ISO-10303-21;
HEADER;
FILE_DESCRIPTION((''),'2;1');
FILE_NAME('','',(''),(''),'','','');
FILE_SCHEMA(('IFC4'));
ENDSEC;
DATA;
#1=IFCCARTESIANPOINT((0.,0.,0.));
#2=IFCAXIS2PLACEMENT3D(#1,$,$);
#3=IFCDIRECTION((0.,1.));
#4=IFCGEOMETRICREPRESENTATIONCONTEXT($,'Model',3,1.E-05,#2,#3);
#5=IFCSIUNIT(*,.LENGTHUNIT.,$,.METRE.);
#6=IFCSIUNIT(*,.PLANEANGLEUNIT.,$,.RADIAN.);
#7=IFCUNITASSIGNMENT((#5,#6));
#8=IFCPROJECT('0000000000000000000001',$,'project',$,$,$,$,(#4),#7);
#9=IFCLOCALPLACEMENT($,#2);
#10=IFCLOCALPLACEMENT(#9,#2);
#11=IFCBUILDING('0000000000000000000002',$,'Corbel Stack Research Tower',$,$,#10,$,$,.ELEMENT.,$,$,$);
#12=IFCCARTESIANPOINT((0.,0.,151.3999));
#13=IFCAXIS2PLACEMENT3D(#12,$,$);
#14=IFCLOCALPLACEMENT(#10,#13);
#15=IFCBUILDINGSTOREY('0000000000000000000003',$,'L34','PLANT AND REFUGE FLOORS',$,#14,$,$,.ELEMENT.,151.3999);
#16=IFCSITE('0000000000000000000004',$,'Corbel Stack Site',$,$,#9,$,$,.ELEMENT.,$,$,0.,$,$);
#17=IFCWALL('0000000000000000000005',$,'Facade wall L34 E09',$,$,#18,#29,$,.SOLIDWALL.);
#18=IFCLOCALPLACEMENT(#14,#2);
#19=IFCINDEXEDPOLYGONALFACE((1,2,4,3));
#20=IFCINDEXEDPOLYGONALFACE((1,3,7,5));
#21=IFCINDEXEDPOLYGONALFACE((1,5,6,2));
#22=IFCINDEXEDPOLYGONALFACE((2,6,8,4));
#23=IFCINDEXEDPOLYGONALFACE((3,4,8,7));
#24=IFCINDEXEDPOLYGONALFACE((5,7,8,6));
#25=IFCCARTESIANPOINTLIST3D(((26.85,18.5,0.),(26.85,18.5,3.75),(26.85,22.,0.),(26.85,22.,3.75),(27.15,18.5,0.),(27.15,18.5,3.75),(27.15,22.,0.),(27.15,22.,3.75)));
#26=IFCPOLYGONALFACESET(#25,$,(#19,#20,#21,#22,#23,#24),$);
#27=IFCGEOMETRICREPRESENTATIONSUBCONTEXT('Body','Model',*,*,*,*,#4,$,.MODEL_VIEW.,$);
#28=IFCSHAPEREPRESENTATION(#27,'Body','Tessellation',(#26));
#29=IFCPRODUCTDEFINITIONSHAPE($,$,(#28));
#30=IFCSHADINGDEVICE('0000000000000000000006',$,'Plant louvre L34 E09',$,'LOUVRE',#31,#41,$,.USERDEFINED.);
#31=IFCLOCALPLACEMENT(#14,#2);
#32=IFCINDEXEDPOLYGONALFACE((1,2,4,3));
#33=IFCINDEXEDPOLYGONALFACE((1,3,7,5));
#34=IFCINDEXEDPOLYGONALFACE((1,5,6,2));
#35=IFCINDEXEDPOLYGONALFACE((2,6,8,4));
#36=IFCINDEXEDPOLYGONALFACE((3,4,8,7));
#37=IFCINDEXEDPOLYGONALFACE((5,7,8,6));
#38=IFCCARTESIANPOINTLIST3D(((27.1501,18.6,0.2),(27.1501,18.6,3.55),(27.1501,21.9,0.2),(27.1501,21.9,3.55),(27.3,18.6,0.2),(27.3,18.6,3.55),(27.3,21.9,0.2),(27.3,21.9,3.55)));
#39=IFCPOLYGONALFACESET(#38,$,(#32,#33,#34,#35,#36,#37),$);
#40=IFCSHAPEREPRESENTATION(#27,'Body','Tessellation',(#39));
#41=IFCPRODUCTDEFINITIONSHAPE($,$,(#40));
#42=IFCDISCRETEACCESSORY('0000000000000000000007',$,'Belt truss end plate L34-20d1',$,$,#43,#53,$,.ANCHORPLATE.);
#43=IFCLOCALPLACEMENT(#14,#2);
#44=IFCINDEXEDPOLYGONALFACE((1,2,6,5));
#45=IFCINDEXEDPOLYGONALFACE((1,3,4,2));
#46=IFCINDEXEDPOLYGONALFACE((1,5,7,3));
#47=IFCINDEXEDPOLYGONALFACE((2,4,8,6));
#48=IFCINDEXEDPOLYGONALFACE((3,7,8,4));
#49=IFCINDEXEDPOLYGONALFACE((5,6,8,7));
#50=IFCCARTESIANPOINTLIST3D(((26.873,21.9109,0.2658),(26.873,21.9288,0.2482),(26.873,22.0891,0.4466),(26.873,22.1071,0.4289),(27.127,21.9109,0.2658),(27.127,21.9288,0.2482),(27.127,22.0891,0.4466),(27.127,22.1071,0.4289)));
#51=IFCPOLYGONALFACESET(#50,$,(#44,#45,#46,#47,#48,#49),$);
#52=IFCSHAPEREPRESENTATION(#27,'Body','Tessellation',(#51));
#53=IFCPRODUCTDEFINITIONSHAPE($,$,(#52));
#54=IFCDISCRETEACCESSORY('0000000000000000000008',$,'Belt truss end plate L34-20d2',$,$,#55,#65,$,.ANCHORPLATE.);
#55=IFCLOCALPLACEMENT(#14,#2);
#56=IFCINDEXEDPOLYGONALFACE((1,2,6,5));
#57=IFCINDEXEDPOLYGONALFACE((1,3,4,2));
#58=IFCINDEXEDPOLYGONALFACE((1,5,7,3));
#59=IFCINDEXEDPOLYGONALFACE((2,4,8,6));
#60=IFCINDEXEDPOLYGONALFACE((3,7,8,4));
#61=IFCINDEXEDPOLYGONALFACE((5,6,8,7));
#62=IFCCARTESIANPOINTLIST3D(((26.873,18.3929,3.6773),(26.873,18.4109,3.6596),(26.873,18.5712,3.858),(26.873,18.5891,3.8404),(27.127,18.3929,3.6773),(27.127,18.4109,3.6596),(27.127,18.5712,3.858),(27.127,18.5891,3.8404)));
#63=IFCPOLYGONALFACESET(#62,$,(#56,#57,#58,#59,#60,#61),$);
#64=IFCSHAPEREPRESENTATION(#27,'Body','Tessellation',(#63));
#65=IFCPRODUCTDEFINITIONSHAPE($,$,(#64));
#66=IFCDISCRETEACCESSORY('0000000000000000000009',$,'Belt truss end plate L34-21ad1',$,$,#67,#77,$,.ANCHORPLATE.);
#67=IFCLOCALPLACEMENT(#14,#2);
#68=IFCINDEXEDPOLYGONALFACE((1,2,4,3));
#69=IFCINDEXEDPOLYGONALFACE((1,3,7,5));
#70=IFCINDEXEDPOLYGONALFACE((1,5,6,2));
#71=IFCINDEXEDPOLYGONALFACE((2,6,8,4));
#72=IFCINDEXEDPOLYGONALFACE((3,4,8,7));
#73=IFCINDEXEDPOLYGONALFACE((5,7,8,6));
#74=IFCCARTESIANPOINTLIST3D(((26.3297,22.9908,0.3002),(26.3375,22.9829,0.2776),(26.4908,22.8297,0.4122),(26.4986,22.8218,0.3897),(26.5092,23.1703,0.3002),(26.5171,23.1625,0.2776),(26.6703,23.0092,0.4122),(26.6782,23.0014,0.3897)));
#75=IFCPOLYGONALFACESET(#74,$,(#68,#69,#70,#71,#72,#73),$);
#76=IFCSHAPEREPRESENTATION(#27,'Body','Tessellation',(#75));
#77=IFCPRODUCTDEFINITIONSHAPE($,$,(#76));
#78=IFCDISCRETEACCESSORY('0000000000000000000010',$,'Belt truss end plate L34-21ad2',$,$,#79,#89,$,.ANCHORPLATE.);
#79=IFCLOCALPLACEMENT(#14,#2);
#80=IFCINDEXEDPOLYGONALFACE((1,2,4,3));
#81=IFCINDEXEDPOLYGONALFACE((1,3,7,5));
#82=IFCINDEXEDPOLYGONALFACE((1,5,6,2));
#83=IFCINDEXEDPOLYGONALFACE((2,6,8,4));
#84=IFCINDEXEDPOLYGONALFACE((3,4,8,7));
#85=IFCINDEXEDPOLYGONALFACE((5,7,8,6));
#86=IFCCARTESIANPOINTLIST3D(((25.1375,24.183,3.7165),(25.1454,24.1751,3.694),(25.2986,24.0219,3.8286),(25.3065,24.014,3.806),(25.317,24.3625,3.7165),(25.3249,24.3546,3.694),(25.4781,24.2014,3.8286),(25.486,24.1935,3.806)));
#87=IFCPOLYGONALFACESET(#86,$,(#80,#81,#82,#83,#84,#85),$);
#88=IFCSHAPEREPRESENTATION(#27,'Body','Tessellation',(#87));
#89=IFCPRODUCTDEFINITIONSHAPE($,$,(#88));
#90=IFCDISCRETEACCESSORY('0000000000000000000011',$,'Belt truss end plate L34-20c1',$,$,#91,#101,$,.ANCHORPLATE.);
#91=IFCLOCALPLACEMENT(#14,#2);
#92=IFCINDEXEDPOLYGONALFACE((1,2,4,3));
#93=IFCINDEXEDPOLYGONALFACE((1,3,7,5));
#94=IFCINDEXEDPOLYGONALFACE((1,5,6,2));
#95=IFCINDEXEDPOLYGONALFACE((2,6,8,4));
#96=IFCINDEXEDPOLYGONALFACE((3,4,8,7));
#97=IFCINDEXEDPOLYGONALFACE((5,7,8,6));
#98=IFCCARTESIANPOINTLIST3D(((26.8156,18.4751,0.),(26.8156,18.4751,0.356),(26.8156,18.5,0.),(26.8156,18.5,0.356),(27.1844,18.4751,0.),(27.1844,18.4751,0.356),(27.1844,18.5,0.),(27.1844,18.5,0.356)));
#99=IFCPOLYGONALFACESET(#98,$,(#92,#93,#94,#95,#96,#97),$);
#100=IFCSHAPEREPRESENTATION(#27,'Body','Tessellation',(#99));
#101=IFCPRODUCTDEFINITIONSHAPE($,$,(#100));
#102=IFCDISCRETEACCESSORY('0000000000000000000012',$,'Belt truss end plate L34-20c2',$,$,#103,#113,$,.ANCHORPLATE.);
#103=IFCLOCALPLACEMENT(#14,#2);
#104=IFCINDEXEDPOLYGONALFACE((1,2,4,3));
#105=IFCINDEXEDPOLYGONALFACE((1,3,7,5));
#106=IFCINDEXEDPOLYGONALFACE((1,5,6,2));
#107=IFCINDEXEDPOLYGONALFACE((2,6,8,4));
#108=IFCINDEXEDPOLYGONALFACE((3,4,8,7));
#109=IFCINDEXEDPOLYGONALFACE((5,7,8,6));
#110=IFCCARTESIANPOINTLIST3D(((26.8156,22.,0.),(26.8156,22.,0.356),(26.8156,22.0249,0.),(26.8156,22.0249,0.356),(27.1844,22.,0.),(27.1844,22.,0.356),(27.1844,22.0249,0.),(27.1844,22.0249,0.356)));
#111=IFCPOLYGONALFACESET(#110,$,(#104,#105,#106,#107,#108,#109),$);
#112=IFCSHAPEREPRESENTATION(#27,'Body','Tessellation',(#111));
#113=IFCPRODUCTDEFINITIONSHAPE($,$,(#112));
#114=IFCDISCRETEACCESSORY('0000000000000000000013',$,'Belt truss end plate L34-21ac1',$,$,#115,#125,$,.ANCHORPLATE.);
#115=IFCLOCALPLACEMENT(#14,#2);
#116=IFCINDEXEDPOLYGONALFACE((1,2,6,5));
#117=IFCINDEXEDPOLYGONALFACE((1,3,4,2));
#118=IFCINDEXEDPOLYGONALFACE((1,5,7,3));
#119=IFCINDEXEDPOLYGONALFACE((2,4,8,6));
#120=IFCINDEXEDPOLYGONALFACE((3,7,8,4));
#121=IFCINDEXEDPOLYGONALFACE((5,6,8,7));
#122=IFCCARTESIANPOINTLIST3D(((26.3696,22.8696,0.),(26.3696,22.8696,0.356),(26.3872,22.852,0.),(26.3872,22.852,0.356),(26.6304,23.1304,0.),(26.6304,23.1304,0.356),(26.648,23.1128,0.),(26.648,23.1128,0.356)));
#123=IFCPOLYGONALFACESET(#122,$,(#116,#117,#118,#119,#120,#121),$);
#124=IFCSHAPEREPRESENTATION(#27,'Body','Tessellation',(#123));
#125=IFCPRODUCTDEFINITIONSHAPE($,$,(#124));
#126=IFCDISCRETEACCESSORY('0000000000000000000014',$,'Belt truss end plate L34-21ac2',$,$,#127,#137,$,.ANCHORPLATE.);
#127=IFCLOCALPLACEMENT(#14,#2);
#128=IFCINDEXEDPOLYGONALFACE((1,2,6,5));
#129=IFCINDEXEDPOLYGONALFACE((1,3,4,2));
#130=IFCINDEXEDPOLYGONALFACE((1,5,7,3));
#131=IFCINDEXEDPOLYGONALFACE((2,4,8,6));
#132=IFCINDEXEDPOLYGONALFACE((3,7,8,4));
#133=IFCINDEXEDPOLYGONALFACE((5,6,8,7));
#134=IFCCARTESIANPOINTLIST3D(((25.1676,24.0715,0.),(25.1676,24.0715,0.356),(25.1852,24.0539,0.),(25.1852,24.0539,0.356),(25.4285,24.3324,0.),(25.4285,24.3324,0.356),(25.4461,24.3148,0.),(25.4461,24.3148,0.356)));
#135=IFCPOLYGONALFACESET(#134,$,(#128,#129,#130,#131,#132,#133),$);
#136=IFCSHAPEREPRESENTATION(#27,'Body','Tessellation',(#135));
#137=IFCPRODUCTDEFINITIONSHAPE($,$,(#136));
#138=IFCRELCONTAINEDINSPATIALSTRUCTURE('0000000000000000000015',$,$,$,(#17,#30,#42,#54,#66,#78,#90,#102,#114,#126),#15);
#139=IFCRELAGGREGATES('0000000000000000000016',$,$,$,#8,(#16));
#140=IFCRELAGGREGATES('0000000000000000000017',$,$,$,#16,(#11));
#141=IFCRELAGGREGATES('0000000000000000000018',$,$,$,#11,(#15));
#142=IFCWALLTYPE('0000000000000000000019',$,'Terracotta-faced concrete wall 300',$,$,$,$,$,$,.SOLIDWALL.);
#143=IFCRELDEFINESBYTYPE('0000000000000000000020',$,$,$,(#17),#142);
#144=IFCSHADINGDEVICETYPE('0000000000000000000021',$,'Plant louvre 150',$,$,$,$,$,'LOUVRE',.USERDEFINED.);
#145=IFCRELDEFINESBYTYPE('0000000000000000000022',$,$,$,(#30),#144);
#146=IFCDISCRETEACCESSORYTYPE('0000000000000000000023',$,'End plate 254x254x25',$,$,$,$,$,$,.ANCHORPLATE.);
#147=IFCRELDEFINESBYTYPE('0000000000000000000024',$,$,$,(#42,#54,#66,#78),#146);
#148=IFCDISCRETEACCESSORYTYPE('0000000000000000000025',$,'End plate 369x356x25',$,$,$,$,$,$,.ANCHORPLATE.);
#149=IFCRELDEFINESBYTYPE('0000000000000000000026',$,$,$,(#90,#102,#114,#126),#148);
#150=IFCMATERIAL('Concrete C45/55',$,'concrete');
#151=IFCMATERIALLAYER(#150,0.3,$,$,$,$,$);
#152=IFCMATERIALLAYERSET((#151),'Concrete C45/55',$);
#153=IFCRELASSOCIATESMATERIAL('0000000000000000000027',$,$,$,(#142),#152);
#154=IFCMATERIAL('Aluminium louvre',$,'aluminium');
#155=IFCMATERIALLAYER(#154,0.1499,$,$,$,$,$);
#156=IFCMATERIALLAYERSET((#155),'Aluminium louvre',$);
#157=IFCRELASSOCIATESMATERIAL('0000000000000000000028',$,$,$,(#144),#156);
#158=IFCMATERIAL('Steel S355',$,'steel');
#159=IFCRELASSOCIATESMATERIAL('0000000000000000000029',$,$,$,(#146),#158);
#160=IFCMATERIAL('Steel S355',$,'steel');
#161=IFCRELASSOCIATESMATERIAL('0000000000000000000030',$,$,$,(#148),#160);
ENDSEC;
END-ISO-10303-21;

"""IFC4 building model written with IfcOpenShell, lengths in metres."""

from ifc_helpers import new_model, si_unit, direction, frame, frame_2d, origin, origin_2d, place, context, subcontext, project, spatial, rectangle, extrude, material, layer, layer_set, material_profile, profile_set, type_object, element, save


model = new_model("IFC4")

# Units and contexts
model_context = context("Model", 3, precision=1e-05, world=origin(), true_north=direction((0.0, 1.0)))
body_context = subcontext(model_context, "Body", "Model", "MODEL_VIEW")
ifc_project = project(units=[si_unit("LENGTHUNIT", "METRE"), si_unit("PLANEANGLEUNIT", "RADIAN")], contexts=[model_context])

# Site, building, storey
site_placement = place(None, origin())
site = spatial("IfcSite", under=ifc_project, at=site_placement, Name="Corbel Stack Site", CompositionType="ELEMENT", RefElevation=0.0)
building_placement = place(site_placement, origin())
building = spatial("IfcBuilding", under=site, at=building_placement, Name="Corbel Stack Research Tower", CompositionType="ELEMENT")
storey_placement = place(building_placement, frame((0.0, 0.0, 151.3999)))
storey = spatial("IfcBuildingStorey", under=building, at=storey_placement, Name="L34", Description="PLANT AND REFUGE FLOORS", CompositionType="ELEMENT", Elevation=151.3999)

# Wall
ifc_material_1 = material(Name="Concrete C45/55", Category="concrete")
ifc_layer_1 = layer(ifc_material_1, 0.3)
ifc_layer_set_1 = layer_set([ifc_layer_1], Name="Concrete C45/55")
wall_type_1 = type_object("IfcWallType", Name="Terracotta-faced concrete wall 300", PredefinedType="SOLIDWALL", material=ifc_layer_set_1)
wall_1_placement = place(storey_placement, frame((27.0, 22.0, 0.0), z_axis=(0.0, 0.0, 1.0), x_axis=(0.0, -1.0, 0.0)))
element("IfcWall", 1, at=wall_1_placement, inside=storey, type_object=wall_type_1, Name="Facade wall L34 E09", PredefinedType="SOLIDWALL", context=body_context, shape_type="SweptSolid", body=[
    extrude(rectangle(XDim=3.5, YDim=0.3, at=frame_2d((1.75, 0.0))), origin(), (0.0, 0.0, 1.0), 3.75),
])

# Shading device
ifc_material_2 = material(Name="Aluminium louvre", Category="aluminium")
ifc_layer_2 = layer(ifc_material_2, 0.1499)
ifc_layer_set_2 = layer_set([ifc_layer_2], Name="Aluminium louvre")
shading_device_type = type_object("IfcShadingDeviceType", Name="Plant louvre 150", ElementType="LOUVRE", PredefinedType="USERDEFINED", material=ifc_layer_set_2)
shading_device_placement = place(storey_placement, frame((27.2251, 20.25, 0.2), z_axis=(0.0, 0.0, 1.0), x_axis=(0.0, 1.0, 0.0)))
element("IfcShadingDevice", 2, at=shading_device_placement, inside=storey, type_object=shading_device_type, Name="Plant louvre L34 E09", ObjectType="LOUVRE", PredefinedType="USERDEFINED", context=body_context, shape_type="SweptSolid", body=[
    extrude(rectangle(XDim=3.3, YDim=0.1499, at=origin_2d()), origin(), (0.0, 0.0, 1.0), 3.3501),
])

# Discrete accessories
ifc_material_3 = material(Name="Steel S355", Category="steel")
ifc_material_profile_1 = material_profile(ifc_material_3, rectangle(XDim=0.2539, YDim=0.2539, at=origin_2d()), Name="End plate 254x254x25")
ifc_profile_set_1 = profile_set([ifc_material_profile_1], Name="Steel S355")
discrete_accessory_type_1 = type_object("IfcDiscreteAccessoryType", Name="End plate 254x254x25", PredefinedType="ANCHORPLATE", material=ifc_profile_set_1)
for number, where, z_axis, x_axis, name in (
    (3, (27.0, 22.0, 0.3562), (0.0, 0.711966, -0.702213), (-1.0, 0.0, 0.0), "Belt truss end plate L34-20d1"),
    (4, (27.0, 18.5, 3.75), (0.0, -0.711966, 0.702213), (1.0, 0.0, 0.0), "Belt truss end plate L34-20d2"),
    (5, (26.5, 23.0, 0.3562), (0.31211, -0.31211, -0.897315), (0.707107, 0.707107, 0.0), "Belt truss end plate L34-21ad1"),
    (6, (25.3157, 24.1843, 3.75), (-0.31211, 0.31211, 0.897315), (-0.707107, -0.707107, 0.0), "Belt truss end plate L34-21ad2"),
):
    element("IfcDiscreteAccessory", number, at=place(storey_placement, frame(where, z_axis=z_axis, x_axis=x_axis)), inside=storey, type_object=discrete_accessory_type_1, Name=name, PredefinedType="ANCHORPLATE", context=body_context, shape_type="SweptSolid", body=[
        extrude(rectangle(XDim=0.2539, YDim=0.2539, at=origin_2d()), origin(), (0.0, 0.0, 1.0), 0.0251),
    ])
ifc_material_4 = material(Name="Steel S355", Category="steel")
ifc_material_profile_2 = material_profile(ifc_material_4, rectangle(XDim=0.3689, YDim=0.356, at=origin_2d()), Name="End plate 369x356x25")
ifc_profile_set_2 = profile_set([ifc_material_profile_2], Name="Steel S355")
discrete_accessory_type_2 = type_object("IfcDiscreteAccessoryType", Name="End plate 369x356x25", PredefinedType="ANCHORPLATE", material=ifc_profile_set_2)
for number, where, z_axis, x_axis, name in (
    (7, (27.0, 18.5, 0.178), (0.0, -1.0, 0.0), (1.0, 0.0, 0.0), "Belt truss end plate L34-20c1"),
    (8, (27.0, 22.0, 0.178), (0.0, 1.0, 0.0), (-1.0, 0.0, 0.0), "Belt truss end plate L34-20c2"),
    (9, (26.5, 23.0, 0.178), (0.707107, -0.707107, 0.0), (0.707107, 0.707107, 0.0), "Belt truss end plate L34-21ac1"),
    (10, (25.3157, 24.1843, 0.178), (-0.707107, 0.707107, 0.0), (-0.707107, -0.707107, 0.0), "Belt truss end plate L34-21ac2"),
):
    element("IfcDiscreteAccessory", number, at=place(storey_placement, frame(where, z_axis=z_axis, x_axis=x_axis)), inside=storey, type_object=discrete_accessory_type_2, Name=name, PredefinedType="ANCHORPLATE", context=body_context, shape_type="SweptSolid", body=[
        extrude(rectangle(XDim=0.3689, YDim=0.356, at=origin_2d()), origin(), (0.0, 0.0, 1.0), 0.0249),
    ])

save(model, "model.ifc")
